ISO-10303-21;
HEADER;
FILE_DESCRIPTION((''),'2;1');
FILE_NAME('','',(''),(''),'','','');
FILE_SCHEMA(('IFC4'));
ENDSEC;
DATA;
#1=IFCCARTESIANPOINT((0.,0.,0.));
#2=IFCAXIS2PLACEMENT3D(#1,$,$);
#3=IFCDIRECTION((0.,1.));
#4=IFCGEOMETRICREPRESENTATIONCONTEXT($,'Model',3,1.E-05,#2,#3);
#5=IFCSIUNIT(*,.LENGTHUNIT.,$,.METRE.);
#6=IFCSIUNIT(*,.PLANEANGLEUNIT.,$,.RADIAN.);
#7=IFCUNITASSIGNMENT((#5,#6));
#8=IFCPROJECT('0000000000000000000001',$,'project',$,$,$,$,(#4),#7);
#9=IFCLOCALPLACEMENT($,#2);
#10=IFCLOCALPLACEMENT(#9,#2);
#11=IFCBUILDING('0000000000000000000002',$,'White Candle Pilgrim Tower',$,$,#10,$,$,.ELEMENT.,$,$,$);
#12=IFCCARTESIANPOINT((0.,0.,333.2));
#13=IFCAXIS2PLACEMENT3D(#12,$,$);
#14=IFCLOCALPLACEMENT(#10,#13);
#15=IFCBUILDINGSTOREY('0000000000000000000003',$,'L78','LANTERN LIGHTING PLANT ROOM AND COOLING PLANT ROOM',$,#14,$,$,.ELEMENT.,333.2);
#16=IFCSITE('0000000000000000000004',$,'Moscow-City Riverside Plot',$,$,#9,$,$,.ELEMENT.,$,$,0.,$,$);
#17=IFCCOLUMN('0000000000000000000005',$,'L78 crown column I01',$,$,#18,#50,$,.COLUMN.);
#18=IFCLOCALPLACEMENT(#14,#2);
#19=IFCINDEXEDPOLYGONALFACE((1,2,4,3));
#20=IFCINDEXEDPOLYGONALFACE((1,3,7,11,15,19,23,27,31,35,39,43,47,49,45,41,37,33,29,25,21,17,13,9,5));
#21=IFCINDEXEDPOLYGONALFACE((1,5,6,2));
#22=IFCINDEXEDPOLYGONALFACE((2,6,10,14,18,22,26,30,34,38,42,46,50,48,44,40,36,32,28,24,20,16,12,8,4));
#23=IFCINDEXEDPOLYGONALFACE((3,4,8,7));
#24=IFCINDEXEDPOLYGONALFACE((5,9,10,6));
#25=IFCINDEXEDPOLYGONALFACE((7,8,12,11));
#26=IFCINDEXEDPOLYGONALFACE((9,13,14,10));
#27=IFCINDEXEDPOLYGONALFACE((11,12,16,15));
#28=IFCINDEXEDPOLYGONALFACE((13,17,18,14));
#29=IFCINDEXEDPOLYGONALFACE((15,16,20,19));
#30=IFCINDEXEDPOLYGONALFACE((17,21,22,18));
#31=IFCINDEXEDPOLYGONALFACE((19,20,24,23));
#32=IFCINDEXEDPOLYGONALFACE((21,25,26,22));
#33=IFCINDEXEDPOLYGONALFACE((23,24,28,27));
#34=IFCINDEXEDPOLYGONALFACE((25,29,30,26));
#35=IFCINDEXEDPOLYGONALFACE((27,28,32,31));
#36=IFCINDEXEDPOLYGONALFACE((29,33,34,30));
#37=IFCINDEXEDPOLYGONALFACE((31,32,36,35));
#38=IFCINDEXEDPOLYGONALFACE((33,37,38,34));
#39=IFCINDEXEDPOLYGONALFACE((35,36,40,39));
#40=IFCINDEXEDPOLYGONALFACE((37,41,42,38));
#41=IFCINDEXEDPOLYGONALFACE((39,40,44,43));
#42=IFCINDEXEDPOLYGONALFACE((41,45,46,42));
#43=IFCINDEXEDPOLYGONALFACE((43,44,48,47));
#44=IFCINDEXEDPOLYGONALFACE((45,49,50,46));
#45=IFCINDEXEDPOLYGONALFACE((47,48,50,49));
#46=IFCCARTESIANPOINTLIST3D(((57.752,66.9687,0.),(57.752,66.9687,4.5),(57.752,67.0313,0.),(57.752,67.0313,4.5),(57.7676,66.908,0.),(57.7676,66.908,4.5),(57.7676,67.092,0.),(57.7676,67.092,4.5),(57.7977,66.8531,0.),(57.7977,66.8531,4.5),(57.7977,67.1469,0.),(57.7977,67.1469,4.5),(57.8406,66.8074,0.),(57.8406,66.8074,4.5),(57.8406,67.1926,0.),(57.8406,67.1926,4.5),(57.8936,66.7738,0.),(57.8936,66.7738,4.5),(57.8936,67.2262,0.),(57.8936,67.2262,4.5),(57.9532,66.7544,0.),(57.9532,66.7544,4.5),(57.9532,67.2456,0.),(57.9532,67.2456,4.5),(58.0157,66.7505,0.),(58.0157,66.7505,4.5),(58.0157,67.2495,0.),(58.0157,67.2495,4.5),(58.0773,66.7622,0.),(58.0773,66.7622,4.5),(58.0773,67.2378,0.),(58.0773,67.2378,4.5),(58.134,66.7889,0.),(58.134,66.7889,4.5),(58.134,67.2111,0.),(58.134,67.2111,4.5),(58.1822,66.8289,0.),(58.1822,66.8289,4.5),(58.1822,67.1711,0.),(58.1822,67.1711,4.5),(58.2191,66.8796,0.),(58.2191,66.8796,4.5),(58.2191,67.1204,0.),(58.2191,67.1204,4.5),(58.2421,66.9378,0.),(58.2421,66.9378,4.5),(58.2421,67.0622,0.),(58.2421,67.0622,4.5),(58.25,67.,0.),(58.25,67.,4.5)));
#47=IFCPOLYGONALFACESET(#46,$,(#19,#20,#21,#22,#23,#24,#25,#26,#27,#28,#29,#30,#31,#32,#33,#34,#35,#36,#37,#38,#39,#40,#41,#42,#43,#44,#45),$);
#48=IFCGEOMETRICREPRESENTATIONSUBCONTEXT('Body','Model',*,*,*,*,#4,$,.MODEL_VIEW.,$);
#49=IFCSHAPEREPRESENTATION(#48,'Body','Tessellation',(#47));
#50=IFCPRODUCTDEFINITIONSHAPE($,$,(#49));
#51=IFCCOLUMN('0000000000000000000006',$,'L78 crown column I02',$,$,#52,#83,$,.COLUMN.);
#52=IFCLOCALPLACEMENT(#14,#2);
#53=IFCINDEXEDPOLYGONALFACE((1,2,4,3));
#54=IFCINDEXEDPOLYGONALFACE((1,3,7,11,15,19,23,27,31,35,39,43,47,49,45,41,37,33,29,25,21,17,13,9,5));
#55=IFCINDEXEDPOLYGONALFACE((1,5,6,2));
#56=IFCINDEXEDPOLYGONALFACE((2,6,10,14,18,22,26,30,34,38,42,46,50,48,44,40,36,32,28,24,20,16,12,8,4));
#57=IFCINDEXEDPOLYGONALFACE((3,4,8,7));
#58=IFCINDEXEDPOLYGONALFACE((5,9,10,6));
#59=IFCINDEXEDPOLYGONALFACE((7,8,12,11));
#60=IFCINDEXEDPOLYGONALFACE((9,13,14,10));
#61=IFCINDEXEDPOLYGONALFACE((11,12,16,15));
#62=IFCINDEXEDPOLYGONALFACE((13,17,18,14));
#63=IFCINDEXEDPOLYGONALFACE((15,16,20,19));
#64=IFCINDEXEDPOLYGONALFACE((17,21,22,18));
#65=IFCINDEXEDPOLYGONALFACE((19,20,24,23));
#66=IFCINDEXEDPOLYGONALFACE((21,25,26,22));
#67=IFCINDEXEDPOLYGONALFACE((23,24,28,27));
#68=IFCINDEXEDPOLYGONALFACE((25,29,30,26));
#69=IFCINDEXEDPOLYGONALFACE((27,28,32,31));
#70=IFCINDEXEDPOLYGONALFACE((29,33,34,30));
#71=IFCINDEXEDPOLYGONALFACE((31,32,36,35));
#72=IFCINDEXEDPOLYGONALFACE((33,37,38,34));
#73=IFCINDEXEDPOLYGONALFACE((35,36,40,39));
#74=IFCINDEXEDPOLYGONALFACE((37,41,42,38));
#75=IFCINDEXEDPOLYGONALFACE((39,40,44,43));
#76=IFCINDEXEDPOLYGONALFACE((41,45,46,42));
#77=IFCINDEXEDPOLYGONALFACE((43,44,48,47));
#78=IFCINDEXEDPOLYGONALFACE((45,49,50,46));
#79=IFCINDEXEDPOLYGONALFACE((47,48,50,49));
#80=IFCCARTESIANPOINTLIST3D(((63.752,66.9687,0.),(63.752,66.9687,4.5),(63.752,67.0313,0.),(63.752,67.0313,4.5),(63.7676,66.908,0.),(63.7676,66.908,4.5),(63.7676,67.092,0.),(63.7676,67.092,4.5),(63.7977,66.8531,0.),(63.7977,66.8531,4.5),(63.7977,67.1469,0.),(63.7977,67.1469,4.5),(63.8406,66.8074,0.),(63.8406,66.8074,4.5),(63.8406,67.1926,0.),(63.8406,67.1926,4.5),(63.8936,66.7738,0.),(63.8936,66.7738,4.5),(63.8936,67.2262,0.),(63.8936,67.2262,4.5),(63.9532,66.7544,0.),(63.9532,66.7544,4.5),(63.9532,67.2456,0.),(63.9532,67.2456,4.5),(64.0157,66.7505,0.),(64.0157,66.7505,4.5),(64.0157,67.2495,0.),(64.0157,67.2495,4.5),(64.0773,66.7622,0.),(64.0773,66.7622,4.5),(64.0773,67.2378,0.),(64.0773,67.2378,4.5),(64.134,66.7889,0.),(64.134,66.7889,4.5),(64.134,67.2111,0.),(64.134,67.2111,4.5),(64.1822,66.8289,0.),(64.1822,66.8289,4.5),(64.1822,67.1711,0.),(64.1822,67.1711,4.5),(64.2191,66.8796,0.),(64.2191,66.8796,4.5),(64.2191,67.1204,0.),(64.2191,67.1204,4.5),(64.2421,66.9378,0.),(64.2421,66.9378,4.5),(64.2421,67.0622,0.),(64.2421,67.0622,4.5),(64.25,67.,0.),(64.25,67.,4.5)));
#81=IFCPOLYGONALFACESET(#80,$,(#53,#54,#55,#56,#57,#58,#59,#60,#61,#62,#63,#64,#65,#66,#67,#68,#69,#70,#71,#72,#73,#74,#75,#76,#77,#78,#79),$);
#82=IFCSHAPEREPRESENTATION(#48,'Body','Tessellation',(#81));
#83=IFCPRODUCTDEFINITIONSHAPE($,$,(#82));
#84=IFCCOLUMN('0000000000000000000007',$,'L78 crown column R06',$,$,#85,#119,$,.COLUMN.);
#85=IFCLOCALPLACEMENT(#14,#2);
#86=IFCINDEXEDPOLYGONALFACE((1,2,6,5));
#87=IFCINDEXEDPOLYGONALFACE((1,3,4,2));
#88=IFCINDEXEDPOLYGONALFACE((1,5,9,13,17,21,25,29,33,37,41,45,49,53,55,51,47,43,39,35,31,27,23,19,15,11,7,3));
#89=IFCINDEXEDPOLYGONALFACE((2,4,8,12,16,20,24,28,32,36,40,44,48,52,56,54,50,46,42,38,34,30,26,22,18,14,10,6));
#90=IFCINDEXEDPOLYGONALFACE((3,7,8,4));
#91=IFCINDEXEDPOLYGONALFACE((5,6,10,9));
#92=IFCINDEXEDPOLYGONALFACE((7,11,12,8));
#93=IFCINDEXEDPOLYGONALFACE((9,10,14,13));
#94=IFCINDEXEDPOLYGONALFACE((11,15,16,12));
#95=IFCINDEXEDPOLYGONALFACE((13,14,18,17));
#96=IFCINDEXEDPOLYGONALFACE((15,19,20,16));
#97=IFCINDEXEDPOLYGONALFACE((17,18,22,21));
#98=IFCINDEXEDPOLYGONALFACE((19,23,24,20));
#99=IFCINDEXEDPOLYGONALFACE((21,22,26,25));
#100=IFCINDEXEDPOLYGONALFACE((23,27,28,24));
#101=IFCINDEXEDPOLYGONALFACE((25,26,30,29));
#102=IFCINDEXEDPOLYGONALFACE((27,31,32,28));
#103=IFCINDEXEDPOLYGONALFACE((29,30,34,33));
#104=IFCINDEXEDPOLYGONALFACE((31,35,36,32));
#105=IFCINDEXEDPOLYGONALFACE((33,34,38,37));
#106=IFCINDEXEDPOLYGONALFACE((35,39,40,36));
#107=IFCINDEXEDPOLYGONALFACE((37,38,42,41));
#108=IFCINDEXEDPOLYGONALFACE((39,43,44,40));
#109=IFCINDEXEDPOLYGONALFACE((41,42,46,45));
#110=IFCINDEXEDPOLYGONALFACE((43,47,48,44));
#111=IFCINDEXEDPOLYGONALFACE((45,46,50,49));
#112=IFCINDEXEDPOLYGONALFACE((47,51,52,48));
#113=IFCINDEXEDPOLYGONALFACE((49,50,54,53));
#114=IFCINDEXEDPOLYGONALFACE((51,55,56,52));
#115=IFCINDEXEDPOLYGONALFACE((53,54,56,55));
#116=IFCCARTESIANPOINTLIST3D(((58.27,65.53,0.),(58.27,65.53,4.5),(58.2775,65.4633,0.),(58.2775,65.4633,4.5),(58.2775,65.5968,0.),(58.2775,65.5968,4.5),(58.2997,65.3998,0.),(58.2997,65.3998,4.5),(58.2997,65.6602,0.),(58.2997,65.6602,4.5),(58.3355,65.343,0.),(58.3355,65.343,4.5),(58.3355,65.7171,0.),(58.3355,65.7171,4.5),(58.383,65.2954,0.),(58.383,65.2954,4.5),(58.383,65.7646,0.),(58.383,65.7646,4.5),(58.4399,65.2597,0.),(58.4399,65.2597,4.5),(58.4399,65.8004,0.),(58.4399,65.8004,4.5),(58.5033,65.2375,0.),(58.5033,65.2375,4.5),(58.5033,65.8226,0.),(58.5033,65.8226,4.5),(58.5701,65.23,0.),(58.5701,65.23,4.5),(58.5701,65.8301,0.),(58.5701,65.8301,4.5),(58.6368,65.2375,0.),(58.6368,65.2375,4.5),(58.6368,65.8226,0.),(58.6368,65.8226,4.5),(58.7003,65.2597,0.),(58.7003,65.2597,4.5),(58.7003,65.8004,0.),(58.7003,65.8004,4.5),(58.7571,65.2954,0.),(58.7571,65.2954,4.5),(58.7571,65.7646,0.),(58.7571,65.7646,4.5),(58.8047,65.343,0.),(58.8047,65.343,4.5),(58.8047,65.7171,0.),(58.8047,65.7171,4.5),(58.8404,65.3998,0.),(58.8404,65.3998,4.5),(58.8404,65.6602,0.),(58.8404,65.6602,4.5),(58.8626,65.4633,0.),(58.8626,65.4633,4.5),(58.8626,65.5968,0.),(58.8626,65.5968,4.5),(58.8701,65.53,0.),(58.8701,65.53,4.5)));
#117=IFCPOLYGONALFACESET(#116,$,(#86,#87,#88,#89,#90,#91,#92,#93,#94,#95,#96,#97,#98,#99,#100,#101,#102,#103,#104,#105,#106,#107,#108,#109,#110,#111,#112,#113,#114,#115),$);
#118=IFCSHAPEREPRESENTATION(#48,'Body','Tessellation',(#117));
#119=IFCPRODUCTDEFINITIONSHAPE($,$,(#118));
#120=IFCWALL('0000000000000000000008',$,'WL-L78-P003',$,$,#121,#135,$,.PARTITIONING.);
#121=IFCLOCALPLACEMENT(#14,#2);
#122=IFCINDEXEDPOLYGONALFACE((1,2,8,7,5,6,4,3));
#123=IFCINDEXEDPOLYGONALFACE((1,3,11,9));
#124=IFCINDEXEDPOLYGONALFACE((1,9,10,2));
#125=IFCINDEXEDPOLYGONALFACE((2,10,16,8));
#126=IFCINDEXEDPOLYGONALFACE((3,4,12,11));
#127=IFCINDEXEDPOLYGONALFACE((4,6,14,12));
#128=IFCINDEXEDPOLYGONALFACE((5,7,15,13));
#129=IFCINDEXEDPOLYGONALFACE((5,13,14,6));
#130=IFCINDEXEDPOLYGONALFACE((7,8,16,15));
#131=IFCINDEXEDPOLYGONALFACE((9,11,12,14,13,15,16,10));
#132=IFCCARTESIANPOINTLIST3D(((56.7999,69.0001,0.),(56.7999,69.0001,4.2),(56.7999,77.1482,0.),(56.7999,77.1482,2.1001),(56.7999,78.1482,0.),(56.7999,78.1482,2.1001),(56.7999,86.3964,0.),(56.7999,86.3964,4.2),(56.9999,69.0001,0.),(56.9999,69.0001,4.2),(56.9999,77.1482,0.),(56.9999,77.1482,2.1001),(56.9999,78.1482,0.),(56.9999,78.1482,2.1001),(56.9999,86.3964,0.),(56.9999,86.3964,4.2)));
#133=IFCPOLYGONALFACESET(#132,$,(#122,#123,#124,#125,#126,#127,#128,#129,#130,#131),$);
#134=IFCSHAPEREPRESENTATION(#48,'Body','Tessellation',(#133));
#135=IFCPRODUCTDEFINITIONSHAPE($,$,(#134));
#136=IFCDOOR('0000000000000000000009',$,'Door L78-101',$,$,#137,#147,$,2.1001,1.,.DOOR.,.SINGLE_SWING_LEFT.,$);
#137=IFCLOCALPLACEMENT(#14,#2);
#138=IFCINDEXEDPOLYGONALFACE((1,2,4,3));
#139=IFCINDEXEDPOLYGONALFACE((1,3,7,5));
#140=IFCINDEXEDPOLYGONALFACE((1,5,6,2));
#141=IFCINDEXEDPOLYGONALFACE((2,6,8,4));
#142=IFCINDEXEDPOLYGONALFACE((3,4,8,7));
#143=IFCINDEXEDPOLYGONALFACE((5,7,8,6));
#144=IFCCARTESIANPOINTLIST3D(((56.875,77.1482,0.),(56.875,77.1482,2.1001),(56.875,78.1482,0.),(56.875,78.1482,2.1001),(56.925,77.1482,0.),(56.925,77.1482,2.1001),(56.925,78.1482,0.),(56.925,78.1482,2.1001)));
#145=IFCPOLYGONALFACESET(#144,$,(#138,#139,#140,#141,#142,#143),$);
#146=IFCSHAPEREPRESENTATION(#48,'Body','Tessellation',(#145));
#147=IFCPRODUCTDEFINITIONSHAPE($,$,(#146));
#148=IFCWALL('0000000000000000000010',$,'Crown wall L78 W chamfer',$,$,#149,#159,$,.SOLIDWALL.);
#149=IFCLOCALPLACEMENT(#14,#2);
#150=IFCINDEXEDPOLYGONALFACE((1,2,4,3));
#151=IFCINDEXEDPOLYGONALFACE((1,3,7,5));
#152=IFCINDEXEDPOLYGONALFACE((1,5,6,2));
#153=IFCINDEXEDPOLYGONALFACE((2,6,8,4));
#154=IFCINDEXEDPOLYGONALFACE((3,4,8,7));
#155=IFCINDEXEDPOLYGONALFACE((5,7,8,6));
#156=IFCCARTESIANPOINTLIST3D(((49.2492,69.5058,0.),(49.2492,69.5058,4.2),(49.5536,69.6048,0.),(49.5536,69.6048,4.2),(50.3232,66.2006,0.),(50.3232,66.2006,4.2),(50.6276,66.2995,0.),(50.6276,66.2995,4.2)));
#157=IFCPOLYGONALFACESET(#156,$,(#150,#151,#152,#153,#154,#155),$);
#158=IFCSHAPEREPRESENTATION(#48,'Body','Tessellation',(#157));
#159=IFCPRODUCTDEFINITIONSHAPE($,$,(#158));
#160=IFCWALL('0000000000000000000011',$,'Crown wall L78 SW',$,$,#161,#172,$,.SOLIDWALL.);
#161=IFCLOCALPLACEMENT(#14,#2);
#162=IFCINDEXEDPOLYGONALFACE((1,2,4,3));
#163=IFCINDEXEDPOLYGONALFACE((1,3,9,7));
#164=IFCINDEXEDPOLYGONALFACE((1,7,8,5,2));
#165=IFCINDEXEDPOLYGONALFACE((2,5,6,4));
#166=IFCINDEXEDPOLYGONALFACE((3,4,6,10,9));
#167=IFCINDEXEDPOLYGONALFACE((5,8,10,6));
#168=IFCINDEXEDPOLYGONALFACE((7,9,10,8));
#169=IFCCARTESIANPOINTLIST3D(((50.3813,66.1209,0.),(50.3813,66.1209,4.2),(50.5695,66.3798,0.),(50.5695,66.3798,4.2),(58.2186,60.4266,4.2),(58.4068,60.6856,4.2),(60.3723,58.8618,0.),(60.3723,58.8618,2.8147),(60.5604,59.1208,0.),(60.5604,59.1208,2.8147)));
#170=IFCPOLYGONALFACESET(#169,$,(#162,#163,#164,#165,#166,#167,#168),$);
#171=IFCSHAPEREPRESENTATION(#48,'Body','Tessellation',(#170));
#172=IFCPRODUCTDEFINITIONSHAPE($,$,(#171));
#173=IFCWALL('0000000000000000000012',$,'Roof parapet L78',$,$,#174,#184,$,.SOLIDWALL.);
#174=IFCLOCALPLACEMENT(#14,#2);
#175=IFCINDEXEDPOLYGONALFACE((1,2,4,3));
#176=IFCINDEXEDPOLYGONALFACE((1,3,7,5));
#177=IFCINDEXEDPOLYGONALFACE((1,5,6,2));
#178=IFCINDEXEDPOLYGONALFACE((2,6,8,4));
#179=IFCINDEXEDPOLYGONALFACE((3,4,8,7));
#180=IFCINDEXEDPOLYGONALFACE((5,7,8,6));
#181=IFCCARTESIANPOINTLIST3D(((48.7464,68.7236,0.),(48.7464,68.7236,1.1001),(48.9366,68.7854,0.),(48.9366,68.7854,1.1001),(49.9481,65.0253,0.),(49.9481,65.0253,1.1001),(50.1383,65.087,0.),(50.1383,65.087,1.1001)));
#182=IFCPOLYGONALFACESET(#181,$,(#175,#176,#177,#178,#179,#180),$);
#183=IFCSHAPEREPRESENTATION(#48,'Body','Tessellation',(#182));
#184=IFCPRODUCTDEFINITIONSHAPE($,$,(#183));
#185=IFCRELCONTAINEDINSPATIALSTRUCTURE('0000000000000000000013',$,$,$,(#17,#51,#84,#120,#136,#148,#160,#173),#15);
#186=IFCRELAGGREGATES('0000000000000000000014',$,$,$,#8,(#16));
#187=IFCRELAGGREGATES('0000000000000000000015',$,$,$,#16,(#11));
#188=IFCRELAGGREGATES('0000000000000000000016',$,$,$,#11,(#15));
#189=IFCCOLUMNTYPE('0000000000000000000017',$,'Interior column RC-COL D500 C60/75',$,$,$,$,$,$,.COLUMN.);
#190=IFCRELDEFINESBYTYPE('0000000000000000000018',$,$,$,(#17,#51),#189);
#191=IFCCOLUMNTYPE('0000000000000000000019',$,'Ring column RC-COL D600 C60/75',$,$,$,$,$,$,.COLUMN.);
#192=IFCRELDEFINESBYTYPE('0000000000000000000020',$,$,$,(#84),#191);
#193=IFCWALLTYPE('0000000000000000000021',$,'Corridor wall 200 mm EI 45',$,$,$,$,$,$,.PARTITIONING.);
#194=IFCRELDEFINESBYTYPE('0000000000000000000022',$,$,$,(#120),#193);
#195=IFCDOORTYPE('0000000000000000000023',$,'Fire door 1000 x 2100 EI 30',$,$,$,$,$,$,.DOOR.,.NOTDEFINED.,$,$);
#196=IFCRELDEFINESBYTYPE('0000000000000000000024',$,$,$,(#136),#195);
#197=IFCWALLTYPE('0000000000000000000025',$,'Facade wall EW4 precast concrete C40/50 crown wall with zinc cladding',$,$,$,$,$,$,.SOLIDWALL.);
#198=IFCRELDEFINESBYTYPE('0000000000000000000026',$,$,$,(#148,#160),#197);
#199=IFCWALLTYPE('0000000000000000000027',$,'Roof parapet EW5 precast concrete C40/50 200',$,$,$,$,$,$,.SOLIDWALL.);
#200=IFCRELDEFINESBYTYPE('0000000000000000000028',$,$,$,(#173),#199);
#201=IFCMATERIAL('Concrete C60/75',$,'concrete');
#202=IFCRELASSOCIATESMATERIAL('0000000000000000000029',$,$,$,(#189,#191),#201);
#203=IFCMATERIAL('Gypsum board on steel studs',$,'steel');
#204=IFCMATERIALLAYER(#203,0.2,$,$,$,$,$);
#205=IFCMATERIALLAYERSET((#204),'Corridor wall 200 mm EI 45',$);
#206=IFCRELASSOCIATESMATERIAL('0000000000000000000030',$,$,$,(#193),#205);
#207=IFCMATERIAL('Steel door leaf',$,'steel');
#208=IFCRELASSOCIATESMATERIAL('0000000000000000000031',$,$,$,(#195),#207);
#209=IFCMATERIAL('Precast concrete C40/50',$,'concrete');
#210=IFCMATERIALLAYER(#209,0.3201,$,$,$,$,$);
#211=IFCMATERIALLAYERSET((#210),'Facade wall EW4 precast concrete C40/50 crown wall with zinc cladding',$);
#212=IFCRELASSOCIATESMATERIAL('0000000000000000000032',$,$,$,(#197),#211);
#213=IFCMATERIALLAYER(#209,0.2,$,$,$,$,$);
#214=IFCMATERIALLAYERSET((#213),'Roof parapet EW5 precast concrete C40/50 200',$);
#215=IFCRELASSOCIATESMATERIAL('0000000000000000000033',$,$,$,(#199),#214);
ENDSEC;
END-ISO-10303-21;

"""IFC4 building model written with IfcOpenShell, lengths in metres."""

from ifc_helpers import new_model, si_unit, direction, frame, frame_2d, origin, origin_2d, place, context, subcontext, project, spatial, polyline, rectangle, circle, outline, extrude, material, layer, layer_set, material_profile, profile_set, type_object, element, fill, save


model = new_model("IFC4")

# Units and contexts
model_context = context("Model", 3, precision=1e-05, world=origin(), true_north=direction((0.0, 1.0)))
body_context = subcontext(model_context, "Body", "Model", "MODEL_VIEW")
ifc_project = project(units=[si_unit("LENGTHUNIT", "METRE"), si_unit("PLANEANGLEUNIT", "RADIAN")], contexts=[model_context])

# Site, building, storey
site_placement = place(None, origin())
site = spatial("IfcSite", under=ifc_project, at=site_placement, Name="Moscow-City Riverside Plot", CompositionType="ELEMENT", RefElevation=0.0)
building_placement = place(site_placement, origin())
building = spatial("IfcBuilding", under=site, at=building_placement, Name="White Candle Pilgrim Tower", CompositionType="ELEMENT")
storey_placement = place(building_placement, frame((0.0, 0.0, 333.2)))
storey = spatial("IfcBuildingStorey", under=building, at=storey_placement, Name="L78", Description="LANTERN LIGHTING PLANT ROOM AND COOLING PLANT ROOM", CompositionType="ELEMENT", Elevation=333.2)

# Columns
ifc_material_1 = material(Name="Concrete C60/75", Category="concrete")
ifc_material_profile_1 = material_profile(ifc_material_1, circle(Radius=0.25, at=origin_2d()), Name="RC-COL D500")
ifc_profile_set_1 = profile_set([ifc_material_profile_1], Name="Concrete C60/75")
column_type_1 = type_object("IfcColumnType", Name="Interior column RC-COL D500 C60/75", PredefinedType="COLUMN", material=ifc_profile_set_1)
for number, where, z_axis, x_axis, name in (
    (1, (58.0, 67.0, 0.0), (0.0, 0.0, 1.0), (1.0, 0.0, 0.0), "L78 crown column I01"),
    (2, (64.0, 67.0, 0.0), (0.0, 0.0, 1.0), (1.0, 0.0, 0.0), "L78 crown column I02"),
):
    element("IfcColumn", number, at=place(storey_placement, frame(where, z_axis=z_axis, x_axis=x_axis)), inside=storey, type_object=column_type_1, Name=name, PredefinedType="COLUMN", context=body_context, shape_type="SweptSolid", body=[
        extrude(circle(Radius=0.25, at=origin_2d()), origin(), (0.0, 0.0, 1.0), 4.5),
    ])
ifc_material_profile_2 = material_profile(ifc_material_1, circle(Radius=0.3, at=origin_2d()), Name="RC-COL D600")
ifc_profile_set_2 = profile_set([ifc_material_profile_2], Name="Concrete C60/75")
column_type_2 = type_object("IfcColumnType", Name="Ring column RC-COL D600 C60/75", PredefinedType="COLUMN", material=ifc_profile_set_2)
column_placement = place(storey_placement, frame((58.5701, 65.53, 0.0), z_axis=(0.0, 0.0, 1.0), x_axis=(1.0, 0.0, 0.0)))
element("IfcColumn", 3, at=column_placement, inside=storey, type_object=column_type_2, Name="L78 crown column R06", PredefinedType="COLUMN", context=body_context, shape_type="SweptSolid", body=[
    extrude(circle(Radius=0.3, at=origin_2d()), origin(), (0.0, 0.0, 1.0), 4.5),
])

# Wall, opening, door
ifc_material_2 = material(Name="Gypsum board on steel studs", Category="steel")
ifc_layer_1 = layer(ifc_material_2, 0.2)
ifc_layer_set_1 = layer_set([ifc_layer_1], Name="Corridor wall 200 mm EI 45")
wall_type_1 = type_object("IfcWallType", Name="Corridor wall 200 mm EI 45", PredefinedType="PARTITIONING", material=ifc_layer_set_1)
wall_1_placement = place(storey_placement, frame((56.8999, 69.0, 0.0), z_axis=(0.0, 0.0, 1.0), x_axis=(0.0, 1.0, 0.0)))
wall_1 = element("IfcWall", 4, at=wall_1_placement, inside=storey, type_object=wall_type_1, Name="WL-L78-P003", PredefinedType="PARTITIONING", context=body_context, shape_type="SweptSolid", body=[
    extrude(rectangle(XDim=17.3962, YDim=0.2, at=frame_2d((8.6982, 0.0))), origin(), (0.0, 0.0, 1.0), 4.2),
])
opening_1_placement = place(wall_1_placement, frame((8.1482, 0.0, 0.0)))
opening_1 = element("IfcOpeningElement", 5, at=opening_1_placement, cuts=wall_1, PredefinedType="OPENING", context=body_context, shape_type="SweptSolid", body=[
    extrude(rectangle(XDim=1.0, YDim=2.1001, at=frame_2d((0.5, 1.05))), frame((0.0, 0.1099, 0.0), z_axis=(0.0, -1.0, 0.0), x_axis=(1.0, 0.0, 0.0)), (0.0, 0.0, 1.0), 0.22),
])
ifc_material_3 = material(Name="Steel door leaf", Category="steel")
door_type_1 = type_object("IfcDoorType", Name="Fire door 1000 x 2100 EI 30", OperationType="NOTDEFINED", PredefinedType="DOOR", material=ifc_material_3)
door_1_placement = place(opening_1_placement, origin())
door_1 = element("IfcDoor", 6, at=door_1_placement, inside=storey, type_object=door_type_1, Name="Door L78-101", OperationType="SINGLE_SWING_LEFT", OverallHeight=2.1001, OverallWidth=1.0, PredefinedType="DOOR", context=body_context, shape_type="SweptSolid", body=[
    extrude(rectangle(XDim=1.0, YDim=2.1001, at=frame_2d((0.5, 1.05))), frame((0.0, 0.0249, 0.0), z_axis=(0.0, -1.0, 0.0), x_axis=(1.0, 0.0, 0.0)), (0.0, 0.0, 1.0), 0.05),
])
fill(opening_1, door_1)

# Walls
ifc_material_4 = material(Name="Precast concrete C40/50", Category="concrete")
ifc_layer_2 = layer(ifc_material_4, 0.3201)
ifc_layer_set_2 = layer_set([ifc_layer_2], Name="Facade wall EW4 precast concrete C40/50 crown wall with zinc cladding")
wall_type_2 = type_object("IfcWallType", Name="Facade wall EW4 precast concrete C40/50 crown wall with zinc cladding", PredefinedType="SOLIDWALL", material=ifc_layer_set_2)
wall_2_placement = place(storey_placement, frame((49.4014, 69.5554, 0.0), z_axis=(0.0, 0.0, 1.0), x_axis=(0.309032, -0.951052, 0.0)))
element("IfcWall", 7, at=wall_2_placement, inside=storey, type_object=wall_type_2, Name="Crown wall L78 W chamfer", PredefinedType="SOLIDWALL", context=body_context, shape_type="SweptSolid", body=[
    extrude(rectangle(XDim=3.4753, YDim=0.3201, at=frame_2d((1.7378, 0.0))), origin(), (0.0, 0.0, 1.0), 4.2),
])
wall_3_placement = place(storey_placement, frame((50.4753, 66.2502, 0.0), z_axis=(0.0, 0.0, 1.0), x_axis=(0.80901, -0.587794, 0.0)))
element("IfcWall", 8, at=wall_3_placement, inside=storey, type_object=wall_type_2, Name="Crown wall L78 SW", PredefinedType="SOLIDWALL", context=body_context, shape_type="SweptSolid", body=[
    extrude(outline(polyline([(0.0, 0.0), (12.3496, 0.0), (12.3496, 2.8147), (9.6875, 4.2), (0.0, 4.2), (0.0, 0.0)])), frame((0.0, 0.1602, 0.0), z_axis=(0.0, -1.0, 0.0), x_axis=(1.0, 0.0, 0.0)), (0.0, 0.0, 1.0), 0.3201),
])
ifc_layer_3 = layer(ifc_material_4, 0.2)
ifc_layer_set_3 = layer_set([ifc_layer_3], Name="Roof parapet EW5 precast concrete C40/50 200")
wall_type_3 = type_object("IfcWallType", Name="Roof parapet EW5 precast concrete C40/50 200", PredefinedType="SOLIDWALL", material=ifc_layer_set_3)
wall_4_placement = place(storey_placement, frame((50.0432, 65.0562, 0.0), z_axis=(0.0, 0.0, 1.0), x_axis=(-0.309024, 0.951054, 0.0)))
element("IfcWall", 9, at=wall_4_placement, inside=storey, type_object=wall_type_3, Name="Roof parapet L78", PredefinedType="SOLIDWALL", context=body_context, shape_type="SweptSolid", body=[
    extrude(rectangle(XDim=3.8887, YDim=0.2, at=frame_2d((1.9443, 0.0))), origin(), (0.0, 0.0, 1.0), 1.1001),
])

save(model, "model.ifc")
